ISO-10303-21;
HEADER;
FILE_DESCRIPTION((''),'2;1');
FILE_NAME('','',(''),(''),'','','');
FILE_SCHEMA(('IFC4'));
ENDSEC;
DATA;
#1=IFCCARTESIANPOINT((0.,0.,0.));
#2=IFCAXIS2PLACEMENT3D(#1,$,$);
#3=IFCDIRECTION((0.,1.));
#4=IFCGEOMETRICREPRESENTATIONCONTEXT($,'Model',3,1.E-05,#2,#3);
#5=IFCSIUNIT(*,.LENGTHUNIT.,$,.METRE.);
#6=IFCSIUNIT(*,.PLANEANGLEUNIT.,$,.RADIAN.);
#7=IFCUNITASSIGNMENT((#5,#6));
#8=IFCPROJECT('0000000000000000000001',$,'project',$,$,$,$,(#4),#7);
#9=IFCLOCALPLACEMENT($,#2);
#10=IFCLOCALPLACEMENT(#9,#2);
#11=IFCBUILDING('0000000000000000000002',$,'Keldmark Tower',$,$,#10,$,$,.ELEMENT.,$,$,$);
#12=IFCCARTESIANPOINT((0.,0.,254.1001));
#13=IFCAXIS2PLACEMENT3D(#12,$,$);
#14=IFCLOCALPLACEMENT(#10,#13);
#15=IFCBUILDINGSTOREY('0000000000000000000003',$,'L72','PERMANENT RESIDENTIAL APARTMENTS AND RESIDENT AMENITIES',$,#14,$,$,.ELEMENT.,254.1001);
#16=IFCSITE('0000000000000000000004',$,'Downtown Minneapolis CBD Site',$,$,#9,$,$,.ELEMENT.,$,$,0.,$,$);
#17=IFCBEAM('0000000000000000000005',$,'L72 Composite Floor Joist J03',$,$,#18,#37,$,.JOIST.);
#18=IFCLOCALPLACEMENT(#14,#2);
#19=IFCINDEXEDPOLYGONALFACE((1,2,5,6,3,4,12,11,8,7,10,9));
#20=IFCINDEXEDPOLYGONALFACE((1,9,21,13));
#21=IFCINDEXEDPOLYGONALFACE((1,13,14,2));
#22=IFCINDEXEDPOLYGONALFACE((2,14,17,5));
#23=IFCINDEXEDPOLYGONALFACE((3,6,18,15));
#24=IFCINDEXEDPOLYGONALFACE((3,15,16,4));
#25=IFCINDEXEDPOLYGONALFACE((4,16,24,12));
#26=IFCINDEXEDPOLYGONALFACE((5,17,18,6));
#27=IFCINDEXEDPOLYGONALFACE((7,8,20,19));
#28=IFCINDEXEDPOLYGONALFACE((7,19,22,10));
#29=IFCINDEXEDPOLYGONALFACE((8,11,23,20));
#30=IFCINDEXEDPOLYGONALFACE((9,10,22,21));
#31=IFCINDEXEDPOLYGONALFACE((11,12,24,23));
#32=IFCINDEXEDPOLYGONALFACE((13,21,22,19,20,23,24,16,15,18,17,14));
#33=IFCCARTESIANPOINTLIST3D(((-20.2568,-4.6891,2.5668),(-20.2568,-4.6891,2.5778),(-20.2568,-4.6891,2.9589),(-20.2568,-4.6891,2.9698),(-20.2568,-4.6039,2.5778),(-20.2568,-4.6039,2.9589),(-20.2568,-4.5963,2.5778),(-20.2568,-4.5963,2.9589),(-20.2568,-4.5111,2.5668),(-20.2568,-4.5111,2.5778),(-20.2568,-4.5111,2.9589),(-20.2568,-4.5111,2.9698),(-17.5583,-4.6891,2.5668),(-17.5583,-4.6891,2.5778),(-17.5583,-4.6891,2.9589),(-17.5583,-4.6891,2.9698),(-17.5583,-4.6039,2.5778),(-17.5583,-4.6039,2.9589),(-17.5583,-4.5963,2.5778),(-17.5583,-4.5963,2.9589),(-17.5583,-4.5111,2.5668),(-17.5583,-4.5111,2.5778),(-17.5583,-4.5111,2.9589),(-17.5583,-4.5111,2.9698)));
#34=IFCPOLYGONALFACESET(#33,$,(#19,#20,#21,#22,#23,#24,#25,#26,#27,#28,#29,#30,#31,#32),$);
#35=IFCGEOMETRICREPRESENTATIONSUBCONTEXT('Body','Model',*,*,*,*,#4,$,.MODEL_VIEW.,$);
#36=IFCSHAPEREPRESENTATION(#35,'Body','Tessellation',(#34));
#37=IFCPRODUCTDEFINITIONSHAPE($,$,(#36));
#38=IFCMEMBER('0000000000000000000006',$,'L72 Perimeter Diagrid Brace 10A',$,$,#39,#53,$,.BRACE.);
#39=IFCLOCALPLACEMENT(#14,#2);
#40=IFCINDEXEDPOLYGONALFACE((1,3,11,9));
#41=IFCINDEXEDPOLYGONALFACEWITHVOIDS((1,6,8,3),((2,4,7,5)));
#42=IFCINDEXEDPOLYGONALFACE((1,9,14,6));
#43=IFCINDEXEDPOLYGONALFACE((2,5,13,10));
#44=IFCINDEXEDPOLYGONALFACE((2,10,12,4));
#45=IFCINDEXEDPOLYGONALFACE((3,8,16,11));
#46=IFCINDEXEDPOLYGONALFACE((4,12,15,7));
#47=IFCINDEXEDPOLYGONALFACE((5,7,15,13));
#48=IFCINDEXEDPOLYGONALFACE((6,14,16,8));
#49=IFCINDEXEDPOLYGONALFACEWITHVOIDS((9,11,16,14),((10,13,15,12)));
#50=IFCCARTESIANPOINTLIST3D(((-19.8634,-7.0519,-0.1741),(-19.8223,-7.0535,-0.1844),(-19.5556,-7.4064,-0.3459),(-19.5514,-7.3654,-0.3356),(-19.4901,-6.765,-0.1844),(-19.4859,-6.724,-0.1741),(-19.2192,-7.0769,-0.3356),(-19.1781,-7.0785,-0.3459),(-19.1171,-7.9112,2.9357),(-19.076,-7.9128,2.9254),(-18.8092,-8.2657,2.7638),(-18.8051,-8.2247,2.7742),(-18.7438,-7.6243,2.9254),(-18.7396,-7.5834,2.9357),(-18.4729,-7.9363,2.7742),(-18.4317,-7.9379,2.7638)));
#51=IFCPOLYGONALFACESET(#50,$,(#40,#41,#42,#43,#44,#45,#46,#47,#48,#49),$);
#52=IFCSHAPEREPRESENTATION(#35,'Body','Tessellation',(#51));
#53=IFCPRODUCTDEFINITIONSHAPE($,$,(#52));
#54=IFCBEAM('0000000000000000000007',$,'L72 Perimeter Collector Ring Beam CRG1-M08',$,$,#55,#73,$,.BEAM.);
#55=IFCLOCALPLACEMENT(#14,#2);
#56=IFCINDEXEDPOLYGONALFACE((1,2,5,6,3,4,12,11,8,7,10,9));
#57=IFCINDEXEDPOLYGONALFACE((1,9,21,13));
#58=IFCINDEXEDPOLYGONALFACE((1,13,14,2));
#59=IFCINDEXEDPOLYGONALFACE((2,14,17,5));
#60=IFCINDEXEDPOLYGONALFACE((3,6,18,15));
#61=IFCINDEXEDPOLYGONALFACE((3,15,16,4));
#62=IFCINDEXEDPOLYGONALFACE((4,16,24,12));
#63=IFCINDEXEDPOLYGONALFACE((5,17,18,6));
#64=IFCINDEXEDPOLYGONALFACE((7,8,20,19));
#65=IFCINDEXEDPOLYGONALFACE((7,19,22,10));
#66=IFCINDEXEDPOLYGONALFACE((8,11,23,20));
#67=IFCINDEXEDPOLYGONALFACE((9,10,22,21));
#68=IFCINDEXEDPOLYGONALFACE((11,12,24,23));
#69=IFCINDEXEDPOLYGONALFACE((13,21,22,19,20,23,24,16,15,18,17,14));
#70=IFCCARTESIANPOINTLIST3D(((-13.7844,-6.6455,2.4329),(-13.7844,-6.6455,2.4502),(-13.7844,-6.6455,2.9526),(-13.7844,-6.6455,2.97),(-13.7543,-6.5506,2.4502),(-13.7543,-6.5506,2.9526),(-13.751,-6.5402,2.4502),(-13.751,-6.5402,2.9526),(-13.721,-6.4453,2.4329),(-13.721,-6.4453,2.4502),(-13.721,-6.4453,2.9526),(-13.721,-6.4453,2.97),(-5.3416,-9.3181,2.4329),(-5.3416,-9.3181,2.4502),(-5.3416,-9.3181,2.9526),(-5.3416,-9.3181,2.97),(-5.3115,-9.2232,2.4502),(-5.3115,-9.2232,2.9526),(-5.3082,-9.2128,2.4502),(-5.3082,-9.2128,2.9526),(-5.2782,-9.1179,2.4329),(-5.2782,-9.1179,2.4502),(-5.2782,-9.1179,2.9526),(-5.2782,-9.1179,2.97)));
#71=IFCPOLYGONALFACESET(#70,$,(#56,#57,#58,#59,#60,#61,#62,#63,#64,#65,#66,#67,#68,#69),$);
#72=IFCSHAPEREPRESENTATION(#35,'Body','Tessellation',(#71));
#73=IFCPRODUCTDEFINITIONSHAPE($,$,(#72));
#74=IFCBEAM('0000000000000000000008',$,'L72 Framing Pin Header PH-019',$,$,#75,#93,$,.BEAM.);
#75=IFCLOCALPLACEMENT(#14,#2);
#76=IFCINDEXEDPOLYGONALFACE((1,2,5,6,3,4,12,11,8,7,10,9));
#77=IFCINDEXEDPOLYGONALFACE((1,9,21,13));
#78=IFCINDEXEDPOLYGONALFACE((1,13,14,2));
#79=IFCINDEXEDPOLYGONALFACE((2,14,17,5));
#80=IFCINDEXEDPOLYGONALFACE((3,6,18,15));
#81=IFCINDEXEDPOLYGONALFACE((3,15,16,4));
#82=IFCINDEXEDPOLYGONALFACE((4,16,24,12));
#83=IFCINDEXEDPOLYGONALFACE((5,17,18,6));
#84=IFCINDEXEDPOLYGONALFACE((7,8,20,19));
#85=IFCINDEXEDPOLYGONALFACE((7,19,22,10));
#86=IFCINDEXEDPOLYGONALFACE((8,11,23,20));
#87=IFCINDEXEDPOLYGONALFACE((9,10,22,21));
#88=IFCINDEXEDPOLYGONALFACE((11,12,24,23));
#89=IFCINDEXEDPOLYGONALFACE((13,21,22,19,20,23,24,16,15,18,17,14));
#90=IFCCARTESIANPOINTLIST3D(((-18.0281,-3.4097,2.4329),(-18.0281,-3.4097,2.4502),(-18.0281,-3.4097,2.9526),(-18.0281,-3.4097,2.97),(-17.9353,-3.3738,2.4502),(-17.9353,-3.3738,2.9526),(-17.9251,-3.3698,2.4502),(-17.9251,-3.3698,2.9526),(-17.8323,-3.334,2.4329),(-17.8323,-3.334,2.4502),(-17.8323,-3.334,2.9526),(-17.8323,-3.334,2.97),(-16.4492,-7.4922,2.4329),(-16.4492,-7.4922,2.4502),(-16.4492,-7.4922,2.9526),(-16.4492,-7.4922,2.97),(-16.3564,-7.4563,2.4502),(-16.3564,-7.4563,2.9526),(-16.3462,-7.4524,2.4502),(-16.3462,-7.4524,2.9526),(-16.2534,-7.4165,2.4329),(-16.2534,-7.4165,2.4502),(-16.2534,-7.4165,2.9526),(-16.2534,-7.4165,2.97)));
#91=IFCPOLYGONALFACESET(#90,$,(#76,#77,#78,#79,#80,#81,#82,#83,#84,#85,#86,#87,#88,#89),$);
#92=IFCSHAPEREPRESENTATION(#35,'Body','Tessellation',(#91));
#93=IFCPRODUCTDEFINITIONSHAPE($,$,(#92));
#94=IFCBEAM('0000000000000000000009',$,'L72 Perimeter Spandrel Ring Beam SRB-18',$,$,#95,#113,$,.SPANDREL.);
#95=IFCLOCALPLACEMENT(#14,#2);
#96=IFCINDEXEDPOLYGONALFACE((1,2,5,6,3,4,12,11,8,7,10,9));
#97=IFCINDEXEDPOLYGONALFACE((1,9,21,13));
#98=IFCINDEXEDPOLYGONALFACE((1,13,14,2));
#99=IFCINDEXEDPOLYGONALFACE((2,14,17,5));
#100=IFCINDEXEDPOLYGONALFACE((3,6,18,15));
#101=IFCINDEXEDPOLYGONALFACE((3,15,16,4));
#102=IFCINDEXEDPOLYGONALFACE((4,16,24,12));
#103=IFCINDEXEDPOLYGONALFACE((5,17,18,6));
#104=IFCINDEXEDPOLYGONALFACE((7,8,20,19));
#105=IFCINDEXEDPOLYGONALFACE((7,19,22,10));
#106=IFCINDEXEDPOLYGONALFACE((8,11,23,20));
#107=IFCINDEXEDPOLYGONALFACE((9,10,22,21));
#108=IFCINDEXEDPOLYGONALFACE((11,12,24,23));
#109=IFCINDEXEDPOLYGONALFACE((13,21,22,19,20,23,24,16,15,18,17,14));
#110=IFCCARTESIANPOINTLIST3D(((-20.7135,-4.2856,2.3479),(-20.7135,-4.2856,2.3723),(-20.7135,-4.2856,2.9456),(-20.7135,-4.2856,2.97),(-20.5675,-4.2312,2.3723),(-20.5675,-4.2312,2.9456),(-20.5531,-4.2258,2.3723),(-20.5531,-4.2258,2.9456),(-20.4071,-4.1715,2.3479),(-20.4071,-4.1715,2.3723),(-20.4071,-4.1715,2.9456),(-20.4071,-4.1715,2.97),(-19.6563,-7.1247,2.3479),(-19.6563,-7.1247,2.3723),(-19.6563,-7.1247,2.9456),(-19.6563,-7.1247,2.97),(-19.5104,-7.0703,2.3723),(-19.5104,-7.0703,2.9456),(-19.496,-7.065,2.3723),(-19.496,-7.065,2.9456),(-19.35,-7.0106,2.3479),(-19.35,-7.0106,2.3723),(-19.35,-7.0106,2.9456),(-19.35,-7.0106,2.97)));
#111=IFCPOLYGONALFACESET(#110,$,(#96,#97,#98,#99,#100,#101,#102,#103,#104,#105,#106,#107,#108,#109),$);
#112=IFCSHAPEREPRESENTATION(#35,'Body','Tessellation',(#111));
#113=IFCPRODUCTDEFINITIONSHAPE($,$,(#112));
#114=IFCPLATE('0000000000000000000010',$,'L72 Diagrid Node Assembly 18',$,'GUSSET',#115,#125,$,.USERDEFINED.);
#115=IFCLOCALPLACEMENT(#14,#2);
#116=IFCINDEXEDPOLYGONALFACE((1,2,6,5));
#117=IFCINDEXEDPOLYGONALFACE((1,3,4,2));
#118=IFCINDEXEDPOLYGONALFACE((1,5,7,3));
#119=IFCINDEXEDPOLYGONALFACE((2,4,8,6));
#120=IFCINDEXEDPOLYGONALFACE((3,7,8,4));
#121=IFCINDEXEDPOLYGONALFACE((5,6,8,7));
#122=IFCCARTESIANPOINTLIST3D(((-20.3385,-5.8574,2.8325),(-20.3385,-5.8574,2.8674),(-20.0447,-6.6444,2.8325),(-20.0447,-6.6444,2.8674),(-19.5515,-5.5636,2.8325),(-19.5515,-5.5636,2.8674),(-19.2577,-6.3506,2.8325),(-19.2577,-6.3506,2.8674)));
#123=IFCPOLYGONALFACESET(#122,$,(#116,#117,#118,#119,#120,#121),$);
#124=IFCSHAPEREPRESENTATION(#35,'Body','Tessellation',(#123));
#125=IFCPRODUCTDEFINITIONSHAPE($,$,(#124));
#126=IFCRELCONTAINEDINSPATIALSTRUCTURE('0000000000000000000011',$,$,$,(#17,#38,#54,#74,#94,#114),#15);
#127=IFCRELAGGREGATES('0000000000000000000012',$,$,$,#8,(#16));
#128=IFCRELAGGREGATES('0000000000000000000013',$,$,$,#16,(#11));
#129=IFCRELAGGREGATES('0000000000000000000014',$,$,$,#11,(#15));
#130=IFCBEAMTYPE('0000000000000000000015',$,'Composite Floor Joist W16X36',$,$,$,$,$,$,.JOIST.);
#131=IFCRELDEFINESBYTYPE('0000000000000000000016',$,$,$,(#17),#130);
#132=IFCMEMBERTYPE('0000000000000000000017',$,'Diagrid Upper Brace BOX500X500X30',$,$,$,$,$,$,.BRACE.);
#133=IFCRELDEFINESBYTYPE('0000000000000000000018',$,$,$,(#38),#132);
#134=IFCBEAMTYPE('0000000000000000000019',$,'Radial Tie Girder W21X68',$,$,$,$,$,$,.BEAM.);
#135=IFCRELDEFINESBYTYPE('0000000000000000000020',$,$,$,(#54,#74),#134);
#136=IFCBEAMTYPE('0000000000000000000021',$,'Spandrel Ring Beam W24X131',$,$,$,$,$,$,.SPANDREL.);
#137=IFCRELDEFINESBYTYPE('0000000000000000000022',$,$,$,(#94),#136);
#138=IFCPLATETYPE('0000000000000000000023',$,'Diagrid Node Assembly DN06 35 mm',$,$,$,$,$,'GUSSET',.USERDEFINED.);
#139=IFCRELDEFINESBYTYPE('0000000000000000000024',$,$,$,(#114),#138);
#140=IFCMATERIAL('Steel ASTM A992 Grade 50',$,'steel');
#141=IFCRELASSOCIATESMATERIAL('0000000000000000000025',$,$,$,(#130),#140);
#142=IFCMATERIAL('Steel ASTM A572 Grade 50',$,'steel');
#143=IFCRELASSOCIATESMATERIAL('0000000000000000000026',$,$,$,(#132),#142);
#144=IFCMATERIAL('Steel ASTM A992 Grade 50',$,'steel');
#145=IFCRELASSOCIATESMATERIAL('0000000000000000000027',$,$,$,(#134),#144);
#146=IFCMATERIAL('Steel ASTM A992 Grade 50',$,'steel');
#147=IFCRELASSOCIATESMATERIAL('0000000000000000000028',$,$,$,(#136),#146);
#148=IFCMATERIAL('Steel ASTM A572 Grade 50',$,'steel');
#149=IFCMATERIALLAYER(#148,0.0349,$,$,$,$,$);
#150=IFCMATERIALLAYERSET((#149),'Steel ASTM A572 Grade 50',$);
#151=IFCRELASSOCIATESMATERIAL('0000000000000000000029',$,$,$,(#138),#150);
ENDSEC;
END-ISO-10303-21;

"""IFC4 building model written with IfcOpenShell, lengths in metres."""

from ifc_helpers import new_model, si_unit, direction, frame, origin, origin_2d, place, context, subcontext, project, spatial, rectangle, hollow_rectangle, i_section, extrude, material, layer, layer_set, material_profile, profile_set, type_object, element, save


model = new_model("IFC4")

# Units and contexts
model_context = context("Model", 3, precision=1e-05, world=origin(), true_north=direction((0.0, 1.0)))
body_context = subcontext(model_context, "Body", "Model", "MODEL_VIEW")
ifc_project = project(units=[si_unit("LENGTHUNIT", "METRE"), si_unit("PLANEANGLEUNIT", "RADIAN")], contexts=[model_context])

# Site, building, storey
site_placement = place(None, origin())
site = spatial("IfcSite", under=ifc_project, at=site_placement, Name="Downtown Minneapolis CBD Site", CompositionType="ELEMENT", RefElevation=0.0)
building_placement = place(site_placement, origin())
building = spatial("IfcBuilding", under=site, at=building_placement, Name="Keldmark Tower", CompositionType="ELEMENT")
storey_placement = place(building_placement, frame((0.0, 0.0, 254.1001)))
storey = spatial("IfcBuildingStorey", under=building, at=storey_placement, Name="L72", Description="PERMANENT RESIDENTIAL APARTMENTS AND RESIDENT AMENITIES", CompositionType="ELEMENT", Elevation=254.1001)

# Beam
ifc_material_1 = material(Name="Steel ASTM A992 Grade 50", Category="steel")
ifc_material_profile_1 = material_profile(ifc_material_1, i_section(OverallWidth=0.178, OverallDepth=0.4031, WebThickness=0.0076, FlangeThickness=0.011, at=origin_2d()), Name="W16X36")
ifc_profile_set_1 = profile_set([ifc_material_profile_1], Name="Steel ASTM A992 Grade 50")
beam_type_1 = type_object("IfcBeamType", Name="Composite Floor Joist W16X36", PredefinedType="JOIST", material=ifc_profile_set_1)
beam_1_placement = place(storey_placement, frame((-20.2568, -4.6001, 2.7683), z_axis=(1.0, 0.0, 0.0), x_axis=(0.0, 1.0, 0.0)))
element("IfcBeam", 1, at=beam_1_placement, inside=storey, type_object=beam_type_1, Name="L72 Composite Floor Joist J03", PredefinedType="JOIST", context=body_context, shape_type="SweptSolid", body=[
    extrude(i_section(OverallWidth=0.178, OverallDepth=0.4031, WebThickness=0.0076, FlangeThickness=0.011, at=origin_2d()), origin(), (0.0, 0.0, 1.0), 2.6985),
])

# Member
ifc_material_2 = material(Name="Steel ASTM A572 Grade 50", Category="steel")
ifc_material_profile_2 = material_profile(ifc_material_2, hollow_rectangle(XDim=0.5, YDim=0.5, WallThickness=0.03, at=origin_2d()), Name="BOX500X500X30")
ifc_profile_set_2 = profile_set([ifc_material_profile_2], Name="Steel ASTM A572 Grade 50")
member_type = type_object("IfcMemberType", Name="Diagrid Upper Brace BOX500X500X30", PredefinedType="BRACE", material=ifc_profile_set_2)
member_placement = place(storey_placement, frame((-19.5208, -7.0652, -0.26), z_axis=(0.22537, -0.259503, 0.939077), x_axis=(0.755016, 0.655706, 0.0)))
element("IfcMember", 2, at=member_placement, inside=storey, type_object=member_type, Name="L72 Perimeter Diagrid Brace 10A", PredefinedType="BRACE", context=body_context, shape_type="SweptSolid", body=[
    extrude(hollow_rectangle(XDim=0.5, YDim=0.5, WallThickness=0.03, at=origin_2d()), origin(), (0.0, 0.0, 1.0), 3.3115),
])

# Beams
ifc_material_3 = material(Name="Steel ASTM A992 Grade 50", Category="steel")
ifc_material_profile_3 = material_profile(ifc_material_3, i_section(OverallWidth=0.21, OverallDepth=0.5371, WebThickness=0.011, FlangeThickness=0.0173, at=origin_2d()), Name="W21X68")
ifc_profile_set_3 = profile_set([ifc_material_profile_3], Name="Steel ASTM A992 Grade 50")
beam_type_2 = type_object("IfcBeamType", Name="Radial Tie Girder W21X68", PredefinedType="BEAM", material=ifc_profile_set_3)
beam_2_placement = place(storey_placement, frame((-13.7527, -6.5454, 2.7014), z_axis=(0.953374, -0.301792, 0.0), x_axis=(0.301792, 0.953374, 0.0)))
element("IfcBeam", 3, at=beam_2_placement, inside=storey, type_object=beam_type_2, Name="L72 Perimeter Collector Ring Beam CRG1-M08", PredefinedType="BEAM", context=body_context, shape_type="SweptSolid", body=[
    extrude(i_section(OverallWidth=0.21, OverallDepth=0.5371, WebThickness=0.011, FlangeThickness=0.0173, at=origin_2d()), origin(), (0.0, 0.0, 1.0), 8.8557),
])
beam_3_placement = place(storey_placement, frame((-17.9302, -3.3718, 2.7014), z_axis=(0.360701, -0.932681, 0.0), x_axis=(0.932681, 0.360701, 0.0)))
element("IfcBeam", 4, at=beam_3_placement, inside=storey, type_object=beam_type_2, Name="L72 Framing Pin Header PH-019", PredefinedType="BEAM", context=body_context, shape_type="SweptSolid", body=[
    extrude(i_section(OverallWidth=0.21, OverallDepth=0.5371, WebThickness=0.011, FlangeThickness=0.0173, at=origin_2d()), origin(), (0.0, 0.0, 1.0), 4.3772),
])
ifc_material_4 = material(Name="Steel ASTM A992 Grade 50", Category="steel")
ifc_material_profile_4 = material_profile(ifc_material_4, i_section(OverallWidth=0.3269, OverallDepth=0.6221, WebThickness=0.0154, FlangeThickness=0.0244, at=origin_2d()), Name="W24X131")
ifc_profile_set_4 = profile_set([ifc_material_profile_4], Name="Steel ASTM A992 Grade 50")
beam_type_3 = type_object("IfcBeamType", Name="Spandrel Ring Beam W24X131", PredefinedType="SPANDREL", material=ifc_profile_set_4)
beam_4_placement = place(storey_placement, frame((-20.5603, -4.2285, 2.6589), z_axis=(0.348941, -0.937145, 0.0), x_axis=(0.937145, 0.348941, 0.0)))
element("IfcBeam", 5, at=beam_4_placement, inside=storey, type_object=beam_type_3, Name="L72 Perimeter Spandrel Ring Beam SRB-18", PredefinedType="SPANDREL", context=body_context, shape_type="SweptSolid", body=[
    extrude(i_section(OverallWidth=0.3269, OverallDepth=0.6221, WebThickness=0.0154, FlangeThickness=0.0244, at=origin_2d()), origin(), (0.0, 0.0, 1.0), 3.0295),
])

# Plate
ifc_material_5 = material(Name="Steel ASTM A572 Grade 50", Category="steel")
ifc_layer_1 = layer(ifc_material_5, 0.0349)
ifc_layer_set_1 = layer_set([ifc_layer_1], Name="Steel ASTM A572 Grade 50")
plate_type = type_object("IfcPlateType", Name="Diagrid Node Assembly DN06 35 mm", ElementType="GUSSET", PredefinedType="USERDEFINED", material=ifc_layer_set_1)
plate_placement = place(storey_placement, frame((-19.7981, -6.104, 2.8325), z_axis=(0.0, 0.0, 1.0), x_axis=(0.349717, -0.936855, 0.0)))
element("IfcPlate", 6, at=plate_placement, inside=storey, type_object=plate_type, Name="L72 Diagrid Node Assembly 18", ObjectType="GUSSET", PredefinedType="USERDEFINED", context=body_context, shape_type="SweptSolid", body=[
    extrude(rectangle(XDim=0.8401, YDim=0.8401, at=origin_2d()), origin(), (0.0, 0.0, 1.0), 0.0349),
])

save(model, "model.ifc")
